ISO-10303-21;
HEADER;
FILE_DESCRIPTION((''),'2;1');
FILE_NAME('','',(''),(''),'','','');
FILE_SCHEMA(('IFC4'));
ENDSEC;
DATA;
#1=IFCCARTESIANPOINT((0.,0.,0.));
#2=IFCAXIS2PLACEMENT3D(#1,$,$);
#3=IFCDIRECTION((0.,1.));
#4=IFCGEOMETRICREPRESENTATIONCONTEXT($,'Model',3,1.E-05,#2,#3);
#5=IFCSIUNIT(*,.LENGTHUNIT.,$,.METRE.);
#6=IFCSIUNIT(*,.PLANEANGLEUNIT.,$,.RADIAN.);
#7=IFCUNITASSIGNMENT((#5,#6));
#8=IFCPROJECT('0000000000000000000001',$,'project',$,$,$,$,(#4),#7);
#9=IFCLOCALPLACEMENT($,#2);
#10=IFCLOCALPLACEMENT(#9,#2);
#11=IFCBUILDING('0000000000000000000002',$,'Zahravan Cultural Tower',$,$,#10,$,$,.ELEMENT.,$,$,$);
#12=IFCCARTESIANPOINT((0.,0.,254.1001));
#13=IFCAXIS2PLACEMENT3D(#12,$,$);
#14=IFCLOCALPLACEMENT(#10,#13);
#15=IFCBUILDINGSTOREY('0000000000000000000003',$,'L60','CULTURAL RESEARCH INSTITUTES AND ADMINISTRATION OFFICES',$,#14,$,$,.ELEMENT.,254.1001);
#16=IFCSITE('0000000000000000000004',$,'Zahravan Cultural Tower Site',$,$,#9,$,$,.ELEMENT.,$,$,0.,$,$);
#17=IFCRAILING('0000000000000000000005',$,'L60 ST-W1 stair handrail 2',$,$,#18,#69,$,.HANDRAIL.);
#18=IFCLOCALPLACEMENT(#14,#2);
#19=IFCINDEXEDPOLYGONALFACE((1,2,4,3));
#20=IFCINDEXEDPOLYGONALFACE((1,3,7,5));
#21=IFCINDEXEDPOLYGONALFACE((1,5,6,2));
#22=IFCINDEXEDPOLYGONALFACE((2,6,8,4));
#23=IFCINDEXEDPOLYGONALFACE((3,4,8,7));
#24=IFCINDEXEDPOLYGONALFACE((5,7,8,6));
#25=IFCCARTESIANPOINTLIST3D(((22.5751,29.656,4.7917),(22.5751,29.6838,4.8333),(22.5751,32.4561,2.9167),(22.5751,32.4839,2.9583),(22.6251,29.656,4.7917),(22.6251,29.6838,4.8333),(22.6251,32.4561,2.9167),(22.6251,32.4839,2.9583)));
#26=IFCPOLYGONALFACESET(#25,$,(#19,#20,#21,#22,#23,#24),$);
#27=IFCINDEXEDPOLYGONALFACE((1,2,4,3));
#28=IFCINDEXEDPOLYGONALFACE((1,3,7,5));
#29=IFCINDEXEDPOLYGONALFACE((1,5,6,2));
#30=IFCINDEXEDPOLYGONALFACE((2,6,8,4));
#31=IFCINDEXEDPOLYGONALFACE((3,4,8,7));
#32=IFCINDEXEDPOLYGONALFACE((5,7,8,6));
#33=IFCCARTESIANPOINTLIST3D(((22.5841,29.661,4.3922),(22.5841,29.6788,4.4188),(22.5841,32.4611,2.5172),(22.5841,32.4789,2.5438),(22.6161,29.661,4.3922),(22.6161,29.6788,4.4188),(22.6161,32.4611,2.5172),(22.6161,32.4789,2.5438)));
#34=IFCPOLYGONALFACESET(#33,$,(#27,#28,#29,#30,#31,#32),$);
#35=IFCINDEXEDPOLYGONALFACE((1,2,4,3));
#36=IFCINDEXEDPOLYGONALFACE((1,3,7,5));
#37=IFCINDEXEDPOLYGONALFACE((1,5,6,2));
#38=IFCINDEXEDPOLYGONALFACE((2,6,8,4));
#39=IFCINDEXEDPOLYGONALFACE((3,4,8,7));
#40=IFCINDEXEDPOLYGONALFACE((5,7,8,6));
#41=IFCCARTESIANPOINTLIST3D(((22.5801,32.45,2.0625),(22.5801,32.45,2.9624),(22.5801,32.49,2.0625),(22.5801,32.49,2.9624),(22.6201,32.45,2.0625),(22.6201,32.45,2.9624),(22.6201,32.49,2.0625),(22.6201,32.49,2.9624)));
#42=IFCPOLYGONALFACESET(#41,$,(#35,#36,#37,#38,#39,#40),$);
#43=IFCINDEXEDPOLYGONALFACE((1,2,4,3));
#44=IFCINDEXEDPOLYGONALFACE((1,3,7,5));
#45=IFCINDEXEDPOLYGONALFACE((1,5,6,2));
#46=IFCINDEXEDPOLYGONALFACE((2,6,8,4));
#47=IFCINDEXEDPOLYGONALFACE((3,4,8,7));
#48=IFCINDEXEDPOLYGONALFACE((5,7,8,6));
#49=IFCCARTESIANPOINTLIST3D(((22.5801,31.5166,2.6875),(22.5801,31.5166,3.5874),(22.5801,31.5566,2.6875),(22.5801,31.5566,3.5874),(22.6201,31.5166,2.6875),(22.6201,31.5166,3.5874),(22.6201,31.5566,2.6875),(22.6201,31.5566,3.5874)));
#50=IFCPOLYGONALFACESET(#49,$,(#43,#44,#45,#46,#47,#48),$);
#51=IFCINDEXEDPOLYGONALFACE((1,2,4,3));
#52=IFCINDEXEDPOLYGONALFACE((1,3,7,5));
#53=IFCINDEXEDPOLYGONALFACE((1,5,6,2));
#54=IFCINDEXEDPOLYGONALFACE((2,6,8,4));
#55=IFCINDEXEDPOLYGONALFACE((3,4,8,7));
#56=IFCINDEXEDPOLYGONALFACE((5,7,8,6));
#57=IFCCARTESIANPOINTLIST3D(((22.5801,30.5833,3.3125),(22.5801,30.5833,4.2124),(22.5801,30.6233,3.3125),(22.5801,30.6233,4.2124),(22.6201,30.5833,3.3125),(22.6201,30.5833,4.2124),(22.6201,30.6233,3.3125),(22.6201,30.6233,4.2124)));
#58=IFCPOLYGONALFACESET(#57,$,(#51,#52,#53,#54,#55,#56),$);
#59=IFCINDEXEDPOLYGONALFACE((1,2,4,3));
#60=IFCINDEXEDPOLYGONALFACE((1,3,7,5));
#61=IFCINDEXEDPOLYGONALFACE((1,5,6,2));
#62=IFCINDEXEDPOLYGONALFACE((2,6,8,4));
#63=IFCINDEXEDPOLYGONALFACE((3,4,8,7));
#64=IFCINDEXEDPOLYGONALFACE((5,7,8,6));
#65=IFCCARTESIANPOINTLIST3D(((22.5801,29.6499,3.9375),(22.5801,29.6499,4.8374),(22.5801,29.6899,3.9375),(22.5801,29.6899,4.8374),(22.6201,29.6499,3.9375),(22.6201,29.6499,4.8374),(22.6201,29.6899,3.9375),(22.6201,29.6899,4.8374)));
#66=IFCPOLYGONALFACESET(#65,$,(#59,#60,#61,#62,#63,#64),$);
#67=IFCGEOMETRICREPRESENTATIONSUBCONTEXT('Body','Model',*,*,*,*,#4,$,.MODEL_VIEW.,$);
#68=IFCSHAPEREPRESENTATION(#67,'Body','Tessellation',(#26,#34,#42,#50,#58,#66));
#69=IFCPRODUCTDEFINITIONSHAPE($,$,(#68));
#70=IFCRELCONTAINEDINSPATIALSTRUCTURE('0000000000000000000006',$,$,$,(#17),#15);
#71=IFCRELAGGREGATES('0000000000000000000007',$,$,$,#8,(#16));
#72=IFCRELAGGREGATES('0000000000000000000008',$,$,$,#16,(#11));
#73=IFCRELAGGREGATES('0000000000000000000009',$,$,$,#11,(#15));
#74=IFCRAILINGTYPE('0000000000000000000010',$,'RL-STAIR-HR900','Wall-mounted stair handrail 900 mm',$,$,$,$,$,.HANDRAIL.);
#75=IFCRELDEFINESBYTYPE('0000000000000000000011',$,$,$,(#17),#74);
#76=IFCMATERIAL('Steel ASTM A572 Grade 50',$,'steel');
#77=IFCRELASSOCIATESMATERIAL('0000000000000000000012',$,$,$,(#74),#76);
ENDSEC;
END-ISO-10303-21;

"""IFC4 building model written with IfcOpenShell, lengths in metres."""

from ifc_helpers import new_model, si_unit, direction, frame, origin, origin_2d, place, context, subcontext, project, spatial, rectangle, extrude, material, type_object, element, save


model = new_model("IFC4")

# Units and contexts
model_context = context("Model", 3, precision=1e-05, world=origin(), true_north=direction((0.0, 1.0)))
body_context = subcontext(model_context, "Body", "Model", "MODEL_VIEW")
ifc_project = project(units=[si_unit("LENGTHUNIT", "METRE"), si_unit("PLANEANGLEUNIT", "RADIAN")], contexts=[model_context])

# Site, building, storey
site_placement = place(None, origin())
site = spatial("IfcSite", under=ifc_project, at=site_placement, Name="Zahravan Cultural Tower Site", CompositionType="ELEMENT", RefElevation=0.0)
building_placement = place(site_placement, origin())
building = spatial("IfcBuilding", under=site, at=building_placement, Name="Zahravan Cultural Tower", CompositionType="ELEMENT")
storey_placement = place(building_placement, frame((0.0, 0.0, 254.1001)))
storey = spatial("IfcBuildingStorey", under=building, at=storey_placement, Name="L60", Description="CULTURAL RESEARCH INSTITUTES AND ADMINISTRATION OFFICES", CompositionType="ELEMENT", Elevation=254.1001)

# Railing
ifc_material_1 = material(Name="Steel ASTM A572 Grade 50", Category="steel")
railing_type_1 = type_object("IfcRailingType", Name="RL-STAIR-HR900", Description="Wall-mounted stair handrail 900 mm", PredefinedType="HANDRAIL", material=ifc_material_1)
railing_1_placement = place(storey_placement, frame((22.6001, 32.47, 2.0625)))
element("IfcRailing", 1, at=railing_1_placement, inside=storey, type_object=railing_type_1, Name="L60 ST-W1 stair handrail 2", PredefinedType="HANDRAIL", context=body_context, shape_type="SweptSolid", body=[
    extrude(rectangle(XDim=0.05, YDim=0.05, at=origin_2d()), frame((0.0, 0.0, 0.875), z_axis=(0.0, -0.830912, 0.556404), x_axis=(1.0, 0.0, 0.0)), (0.0, 0.0, 1.0), 3.3699),
    extrude(rectangle(XDim=0.032, YDim=0.032, at=origin_2d()), frame((0.0, 0.0, 0.468), z_axis=(0.0, -0.830912, 0.556404), x_axis=(1.0, 0.0, 0.0)), (0.0, 0.0, 1.0), 3.3699),
    extrude(rectangle(XDim=0.04, YDim=0.04, at=origin_2d()), origin(), (0.0, 0.0, 1.0), 0.8999),
    extrude(rectangle(XDim=0.04, YDim=0.04, at=origin_2d()), frame((0.0, -0.9333, 0.625)), (0.0, 0.0, 1.0), 0.8999),
    extrude(rectangle(XDim=0.04, YDim=0.04, at=origin_2d()), frame((0.0, -1.8667, 1.25)), (0.0, 0.0, 1.0), 0.8999),
    extrude(rectangle(XDim=0.04, YDim=0.04, at=origin_2d()), frame((0.0, -2.8, 1.875)), (0.0, 0.0, 1.0), 0.8999),
])

save(model, "model.ifc")
